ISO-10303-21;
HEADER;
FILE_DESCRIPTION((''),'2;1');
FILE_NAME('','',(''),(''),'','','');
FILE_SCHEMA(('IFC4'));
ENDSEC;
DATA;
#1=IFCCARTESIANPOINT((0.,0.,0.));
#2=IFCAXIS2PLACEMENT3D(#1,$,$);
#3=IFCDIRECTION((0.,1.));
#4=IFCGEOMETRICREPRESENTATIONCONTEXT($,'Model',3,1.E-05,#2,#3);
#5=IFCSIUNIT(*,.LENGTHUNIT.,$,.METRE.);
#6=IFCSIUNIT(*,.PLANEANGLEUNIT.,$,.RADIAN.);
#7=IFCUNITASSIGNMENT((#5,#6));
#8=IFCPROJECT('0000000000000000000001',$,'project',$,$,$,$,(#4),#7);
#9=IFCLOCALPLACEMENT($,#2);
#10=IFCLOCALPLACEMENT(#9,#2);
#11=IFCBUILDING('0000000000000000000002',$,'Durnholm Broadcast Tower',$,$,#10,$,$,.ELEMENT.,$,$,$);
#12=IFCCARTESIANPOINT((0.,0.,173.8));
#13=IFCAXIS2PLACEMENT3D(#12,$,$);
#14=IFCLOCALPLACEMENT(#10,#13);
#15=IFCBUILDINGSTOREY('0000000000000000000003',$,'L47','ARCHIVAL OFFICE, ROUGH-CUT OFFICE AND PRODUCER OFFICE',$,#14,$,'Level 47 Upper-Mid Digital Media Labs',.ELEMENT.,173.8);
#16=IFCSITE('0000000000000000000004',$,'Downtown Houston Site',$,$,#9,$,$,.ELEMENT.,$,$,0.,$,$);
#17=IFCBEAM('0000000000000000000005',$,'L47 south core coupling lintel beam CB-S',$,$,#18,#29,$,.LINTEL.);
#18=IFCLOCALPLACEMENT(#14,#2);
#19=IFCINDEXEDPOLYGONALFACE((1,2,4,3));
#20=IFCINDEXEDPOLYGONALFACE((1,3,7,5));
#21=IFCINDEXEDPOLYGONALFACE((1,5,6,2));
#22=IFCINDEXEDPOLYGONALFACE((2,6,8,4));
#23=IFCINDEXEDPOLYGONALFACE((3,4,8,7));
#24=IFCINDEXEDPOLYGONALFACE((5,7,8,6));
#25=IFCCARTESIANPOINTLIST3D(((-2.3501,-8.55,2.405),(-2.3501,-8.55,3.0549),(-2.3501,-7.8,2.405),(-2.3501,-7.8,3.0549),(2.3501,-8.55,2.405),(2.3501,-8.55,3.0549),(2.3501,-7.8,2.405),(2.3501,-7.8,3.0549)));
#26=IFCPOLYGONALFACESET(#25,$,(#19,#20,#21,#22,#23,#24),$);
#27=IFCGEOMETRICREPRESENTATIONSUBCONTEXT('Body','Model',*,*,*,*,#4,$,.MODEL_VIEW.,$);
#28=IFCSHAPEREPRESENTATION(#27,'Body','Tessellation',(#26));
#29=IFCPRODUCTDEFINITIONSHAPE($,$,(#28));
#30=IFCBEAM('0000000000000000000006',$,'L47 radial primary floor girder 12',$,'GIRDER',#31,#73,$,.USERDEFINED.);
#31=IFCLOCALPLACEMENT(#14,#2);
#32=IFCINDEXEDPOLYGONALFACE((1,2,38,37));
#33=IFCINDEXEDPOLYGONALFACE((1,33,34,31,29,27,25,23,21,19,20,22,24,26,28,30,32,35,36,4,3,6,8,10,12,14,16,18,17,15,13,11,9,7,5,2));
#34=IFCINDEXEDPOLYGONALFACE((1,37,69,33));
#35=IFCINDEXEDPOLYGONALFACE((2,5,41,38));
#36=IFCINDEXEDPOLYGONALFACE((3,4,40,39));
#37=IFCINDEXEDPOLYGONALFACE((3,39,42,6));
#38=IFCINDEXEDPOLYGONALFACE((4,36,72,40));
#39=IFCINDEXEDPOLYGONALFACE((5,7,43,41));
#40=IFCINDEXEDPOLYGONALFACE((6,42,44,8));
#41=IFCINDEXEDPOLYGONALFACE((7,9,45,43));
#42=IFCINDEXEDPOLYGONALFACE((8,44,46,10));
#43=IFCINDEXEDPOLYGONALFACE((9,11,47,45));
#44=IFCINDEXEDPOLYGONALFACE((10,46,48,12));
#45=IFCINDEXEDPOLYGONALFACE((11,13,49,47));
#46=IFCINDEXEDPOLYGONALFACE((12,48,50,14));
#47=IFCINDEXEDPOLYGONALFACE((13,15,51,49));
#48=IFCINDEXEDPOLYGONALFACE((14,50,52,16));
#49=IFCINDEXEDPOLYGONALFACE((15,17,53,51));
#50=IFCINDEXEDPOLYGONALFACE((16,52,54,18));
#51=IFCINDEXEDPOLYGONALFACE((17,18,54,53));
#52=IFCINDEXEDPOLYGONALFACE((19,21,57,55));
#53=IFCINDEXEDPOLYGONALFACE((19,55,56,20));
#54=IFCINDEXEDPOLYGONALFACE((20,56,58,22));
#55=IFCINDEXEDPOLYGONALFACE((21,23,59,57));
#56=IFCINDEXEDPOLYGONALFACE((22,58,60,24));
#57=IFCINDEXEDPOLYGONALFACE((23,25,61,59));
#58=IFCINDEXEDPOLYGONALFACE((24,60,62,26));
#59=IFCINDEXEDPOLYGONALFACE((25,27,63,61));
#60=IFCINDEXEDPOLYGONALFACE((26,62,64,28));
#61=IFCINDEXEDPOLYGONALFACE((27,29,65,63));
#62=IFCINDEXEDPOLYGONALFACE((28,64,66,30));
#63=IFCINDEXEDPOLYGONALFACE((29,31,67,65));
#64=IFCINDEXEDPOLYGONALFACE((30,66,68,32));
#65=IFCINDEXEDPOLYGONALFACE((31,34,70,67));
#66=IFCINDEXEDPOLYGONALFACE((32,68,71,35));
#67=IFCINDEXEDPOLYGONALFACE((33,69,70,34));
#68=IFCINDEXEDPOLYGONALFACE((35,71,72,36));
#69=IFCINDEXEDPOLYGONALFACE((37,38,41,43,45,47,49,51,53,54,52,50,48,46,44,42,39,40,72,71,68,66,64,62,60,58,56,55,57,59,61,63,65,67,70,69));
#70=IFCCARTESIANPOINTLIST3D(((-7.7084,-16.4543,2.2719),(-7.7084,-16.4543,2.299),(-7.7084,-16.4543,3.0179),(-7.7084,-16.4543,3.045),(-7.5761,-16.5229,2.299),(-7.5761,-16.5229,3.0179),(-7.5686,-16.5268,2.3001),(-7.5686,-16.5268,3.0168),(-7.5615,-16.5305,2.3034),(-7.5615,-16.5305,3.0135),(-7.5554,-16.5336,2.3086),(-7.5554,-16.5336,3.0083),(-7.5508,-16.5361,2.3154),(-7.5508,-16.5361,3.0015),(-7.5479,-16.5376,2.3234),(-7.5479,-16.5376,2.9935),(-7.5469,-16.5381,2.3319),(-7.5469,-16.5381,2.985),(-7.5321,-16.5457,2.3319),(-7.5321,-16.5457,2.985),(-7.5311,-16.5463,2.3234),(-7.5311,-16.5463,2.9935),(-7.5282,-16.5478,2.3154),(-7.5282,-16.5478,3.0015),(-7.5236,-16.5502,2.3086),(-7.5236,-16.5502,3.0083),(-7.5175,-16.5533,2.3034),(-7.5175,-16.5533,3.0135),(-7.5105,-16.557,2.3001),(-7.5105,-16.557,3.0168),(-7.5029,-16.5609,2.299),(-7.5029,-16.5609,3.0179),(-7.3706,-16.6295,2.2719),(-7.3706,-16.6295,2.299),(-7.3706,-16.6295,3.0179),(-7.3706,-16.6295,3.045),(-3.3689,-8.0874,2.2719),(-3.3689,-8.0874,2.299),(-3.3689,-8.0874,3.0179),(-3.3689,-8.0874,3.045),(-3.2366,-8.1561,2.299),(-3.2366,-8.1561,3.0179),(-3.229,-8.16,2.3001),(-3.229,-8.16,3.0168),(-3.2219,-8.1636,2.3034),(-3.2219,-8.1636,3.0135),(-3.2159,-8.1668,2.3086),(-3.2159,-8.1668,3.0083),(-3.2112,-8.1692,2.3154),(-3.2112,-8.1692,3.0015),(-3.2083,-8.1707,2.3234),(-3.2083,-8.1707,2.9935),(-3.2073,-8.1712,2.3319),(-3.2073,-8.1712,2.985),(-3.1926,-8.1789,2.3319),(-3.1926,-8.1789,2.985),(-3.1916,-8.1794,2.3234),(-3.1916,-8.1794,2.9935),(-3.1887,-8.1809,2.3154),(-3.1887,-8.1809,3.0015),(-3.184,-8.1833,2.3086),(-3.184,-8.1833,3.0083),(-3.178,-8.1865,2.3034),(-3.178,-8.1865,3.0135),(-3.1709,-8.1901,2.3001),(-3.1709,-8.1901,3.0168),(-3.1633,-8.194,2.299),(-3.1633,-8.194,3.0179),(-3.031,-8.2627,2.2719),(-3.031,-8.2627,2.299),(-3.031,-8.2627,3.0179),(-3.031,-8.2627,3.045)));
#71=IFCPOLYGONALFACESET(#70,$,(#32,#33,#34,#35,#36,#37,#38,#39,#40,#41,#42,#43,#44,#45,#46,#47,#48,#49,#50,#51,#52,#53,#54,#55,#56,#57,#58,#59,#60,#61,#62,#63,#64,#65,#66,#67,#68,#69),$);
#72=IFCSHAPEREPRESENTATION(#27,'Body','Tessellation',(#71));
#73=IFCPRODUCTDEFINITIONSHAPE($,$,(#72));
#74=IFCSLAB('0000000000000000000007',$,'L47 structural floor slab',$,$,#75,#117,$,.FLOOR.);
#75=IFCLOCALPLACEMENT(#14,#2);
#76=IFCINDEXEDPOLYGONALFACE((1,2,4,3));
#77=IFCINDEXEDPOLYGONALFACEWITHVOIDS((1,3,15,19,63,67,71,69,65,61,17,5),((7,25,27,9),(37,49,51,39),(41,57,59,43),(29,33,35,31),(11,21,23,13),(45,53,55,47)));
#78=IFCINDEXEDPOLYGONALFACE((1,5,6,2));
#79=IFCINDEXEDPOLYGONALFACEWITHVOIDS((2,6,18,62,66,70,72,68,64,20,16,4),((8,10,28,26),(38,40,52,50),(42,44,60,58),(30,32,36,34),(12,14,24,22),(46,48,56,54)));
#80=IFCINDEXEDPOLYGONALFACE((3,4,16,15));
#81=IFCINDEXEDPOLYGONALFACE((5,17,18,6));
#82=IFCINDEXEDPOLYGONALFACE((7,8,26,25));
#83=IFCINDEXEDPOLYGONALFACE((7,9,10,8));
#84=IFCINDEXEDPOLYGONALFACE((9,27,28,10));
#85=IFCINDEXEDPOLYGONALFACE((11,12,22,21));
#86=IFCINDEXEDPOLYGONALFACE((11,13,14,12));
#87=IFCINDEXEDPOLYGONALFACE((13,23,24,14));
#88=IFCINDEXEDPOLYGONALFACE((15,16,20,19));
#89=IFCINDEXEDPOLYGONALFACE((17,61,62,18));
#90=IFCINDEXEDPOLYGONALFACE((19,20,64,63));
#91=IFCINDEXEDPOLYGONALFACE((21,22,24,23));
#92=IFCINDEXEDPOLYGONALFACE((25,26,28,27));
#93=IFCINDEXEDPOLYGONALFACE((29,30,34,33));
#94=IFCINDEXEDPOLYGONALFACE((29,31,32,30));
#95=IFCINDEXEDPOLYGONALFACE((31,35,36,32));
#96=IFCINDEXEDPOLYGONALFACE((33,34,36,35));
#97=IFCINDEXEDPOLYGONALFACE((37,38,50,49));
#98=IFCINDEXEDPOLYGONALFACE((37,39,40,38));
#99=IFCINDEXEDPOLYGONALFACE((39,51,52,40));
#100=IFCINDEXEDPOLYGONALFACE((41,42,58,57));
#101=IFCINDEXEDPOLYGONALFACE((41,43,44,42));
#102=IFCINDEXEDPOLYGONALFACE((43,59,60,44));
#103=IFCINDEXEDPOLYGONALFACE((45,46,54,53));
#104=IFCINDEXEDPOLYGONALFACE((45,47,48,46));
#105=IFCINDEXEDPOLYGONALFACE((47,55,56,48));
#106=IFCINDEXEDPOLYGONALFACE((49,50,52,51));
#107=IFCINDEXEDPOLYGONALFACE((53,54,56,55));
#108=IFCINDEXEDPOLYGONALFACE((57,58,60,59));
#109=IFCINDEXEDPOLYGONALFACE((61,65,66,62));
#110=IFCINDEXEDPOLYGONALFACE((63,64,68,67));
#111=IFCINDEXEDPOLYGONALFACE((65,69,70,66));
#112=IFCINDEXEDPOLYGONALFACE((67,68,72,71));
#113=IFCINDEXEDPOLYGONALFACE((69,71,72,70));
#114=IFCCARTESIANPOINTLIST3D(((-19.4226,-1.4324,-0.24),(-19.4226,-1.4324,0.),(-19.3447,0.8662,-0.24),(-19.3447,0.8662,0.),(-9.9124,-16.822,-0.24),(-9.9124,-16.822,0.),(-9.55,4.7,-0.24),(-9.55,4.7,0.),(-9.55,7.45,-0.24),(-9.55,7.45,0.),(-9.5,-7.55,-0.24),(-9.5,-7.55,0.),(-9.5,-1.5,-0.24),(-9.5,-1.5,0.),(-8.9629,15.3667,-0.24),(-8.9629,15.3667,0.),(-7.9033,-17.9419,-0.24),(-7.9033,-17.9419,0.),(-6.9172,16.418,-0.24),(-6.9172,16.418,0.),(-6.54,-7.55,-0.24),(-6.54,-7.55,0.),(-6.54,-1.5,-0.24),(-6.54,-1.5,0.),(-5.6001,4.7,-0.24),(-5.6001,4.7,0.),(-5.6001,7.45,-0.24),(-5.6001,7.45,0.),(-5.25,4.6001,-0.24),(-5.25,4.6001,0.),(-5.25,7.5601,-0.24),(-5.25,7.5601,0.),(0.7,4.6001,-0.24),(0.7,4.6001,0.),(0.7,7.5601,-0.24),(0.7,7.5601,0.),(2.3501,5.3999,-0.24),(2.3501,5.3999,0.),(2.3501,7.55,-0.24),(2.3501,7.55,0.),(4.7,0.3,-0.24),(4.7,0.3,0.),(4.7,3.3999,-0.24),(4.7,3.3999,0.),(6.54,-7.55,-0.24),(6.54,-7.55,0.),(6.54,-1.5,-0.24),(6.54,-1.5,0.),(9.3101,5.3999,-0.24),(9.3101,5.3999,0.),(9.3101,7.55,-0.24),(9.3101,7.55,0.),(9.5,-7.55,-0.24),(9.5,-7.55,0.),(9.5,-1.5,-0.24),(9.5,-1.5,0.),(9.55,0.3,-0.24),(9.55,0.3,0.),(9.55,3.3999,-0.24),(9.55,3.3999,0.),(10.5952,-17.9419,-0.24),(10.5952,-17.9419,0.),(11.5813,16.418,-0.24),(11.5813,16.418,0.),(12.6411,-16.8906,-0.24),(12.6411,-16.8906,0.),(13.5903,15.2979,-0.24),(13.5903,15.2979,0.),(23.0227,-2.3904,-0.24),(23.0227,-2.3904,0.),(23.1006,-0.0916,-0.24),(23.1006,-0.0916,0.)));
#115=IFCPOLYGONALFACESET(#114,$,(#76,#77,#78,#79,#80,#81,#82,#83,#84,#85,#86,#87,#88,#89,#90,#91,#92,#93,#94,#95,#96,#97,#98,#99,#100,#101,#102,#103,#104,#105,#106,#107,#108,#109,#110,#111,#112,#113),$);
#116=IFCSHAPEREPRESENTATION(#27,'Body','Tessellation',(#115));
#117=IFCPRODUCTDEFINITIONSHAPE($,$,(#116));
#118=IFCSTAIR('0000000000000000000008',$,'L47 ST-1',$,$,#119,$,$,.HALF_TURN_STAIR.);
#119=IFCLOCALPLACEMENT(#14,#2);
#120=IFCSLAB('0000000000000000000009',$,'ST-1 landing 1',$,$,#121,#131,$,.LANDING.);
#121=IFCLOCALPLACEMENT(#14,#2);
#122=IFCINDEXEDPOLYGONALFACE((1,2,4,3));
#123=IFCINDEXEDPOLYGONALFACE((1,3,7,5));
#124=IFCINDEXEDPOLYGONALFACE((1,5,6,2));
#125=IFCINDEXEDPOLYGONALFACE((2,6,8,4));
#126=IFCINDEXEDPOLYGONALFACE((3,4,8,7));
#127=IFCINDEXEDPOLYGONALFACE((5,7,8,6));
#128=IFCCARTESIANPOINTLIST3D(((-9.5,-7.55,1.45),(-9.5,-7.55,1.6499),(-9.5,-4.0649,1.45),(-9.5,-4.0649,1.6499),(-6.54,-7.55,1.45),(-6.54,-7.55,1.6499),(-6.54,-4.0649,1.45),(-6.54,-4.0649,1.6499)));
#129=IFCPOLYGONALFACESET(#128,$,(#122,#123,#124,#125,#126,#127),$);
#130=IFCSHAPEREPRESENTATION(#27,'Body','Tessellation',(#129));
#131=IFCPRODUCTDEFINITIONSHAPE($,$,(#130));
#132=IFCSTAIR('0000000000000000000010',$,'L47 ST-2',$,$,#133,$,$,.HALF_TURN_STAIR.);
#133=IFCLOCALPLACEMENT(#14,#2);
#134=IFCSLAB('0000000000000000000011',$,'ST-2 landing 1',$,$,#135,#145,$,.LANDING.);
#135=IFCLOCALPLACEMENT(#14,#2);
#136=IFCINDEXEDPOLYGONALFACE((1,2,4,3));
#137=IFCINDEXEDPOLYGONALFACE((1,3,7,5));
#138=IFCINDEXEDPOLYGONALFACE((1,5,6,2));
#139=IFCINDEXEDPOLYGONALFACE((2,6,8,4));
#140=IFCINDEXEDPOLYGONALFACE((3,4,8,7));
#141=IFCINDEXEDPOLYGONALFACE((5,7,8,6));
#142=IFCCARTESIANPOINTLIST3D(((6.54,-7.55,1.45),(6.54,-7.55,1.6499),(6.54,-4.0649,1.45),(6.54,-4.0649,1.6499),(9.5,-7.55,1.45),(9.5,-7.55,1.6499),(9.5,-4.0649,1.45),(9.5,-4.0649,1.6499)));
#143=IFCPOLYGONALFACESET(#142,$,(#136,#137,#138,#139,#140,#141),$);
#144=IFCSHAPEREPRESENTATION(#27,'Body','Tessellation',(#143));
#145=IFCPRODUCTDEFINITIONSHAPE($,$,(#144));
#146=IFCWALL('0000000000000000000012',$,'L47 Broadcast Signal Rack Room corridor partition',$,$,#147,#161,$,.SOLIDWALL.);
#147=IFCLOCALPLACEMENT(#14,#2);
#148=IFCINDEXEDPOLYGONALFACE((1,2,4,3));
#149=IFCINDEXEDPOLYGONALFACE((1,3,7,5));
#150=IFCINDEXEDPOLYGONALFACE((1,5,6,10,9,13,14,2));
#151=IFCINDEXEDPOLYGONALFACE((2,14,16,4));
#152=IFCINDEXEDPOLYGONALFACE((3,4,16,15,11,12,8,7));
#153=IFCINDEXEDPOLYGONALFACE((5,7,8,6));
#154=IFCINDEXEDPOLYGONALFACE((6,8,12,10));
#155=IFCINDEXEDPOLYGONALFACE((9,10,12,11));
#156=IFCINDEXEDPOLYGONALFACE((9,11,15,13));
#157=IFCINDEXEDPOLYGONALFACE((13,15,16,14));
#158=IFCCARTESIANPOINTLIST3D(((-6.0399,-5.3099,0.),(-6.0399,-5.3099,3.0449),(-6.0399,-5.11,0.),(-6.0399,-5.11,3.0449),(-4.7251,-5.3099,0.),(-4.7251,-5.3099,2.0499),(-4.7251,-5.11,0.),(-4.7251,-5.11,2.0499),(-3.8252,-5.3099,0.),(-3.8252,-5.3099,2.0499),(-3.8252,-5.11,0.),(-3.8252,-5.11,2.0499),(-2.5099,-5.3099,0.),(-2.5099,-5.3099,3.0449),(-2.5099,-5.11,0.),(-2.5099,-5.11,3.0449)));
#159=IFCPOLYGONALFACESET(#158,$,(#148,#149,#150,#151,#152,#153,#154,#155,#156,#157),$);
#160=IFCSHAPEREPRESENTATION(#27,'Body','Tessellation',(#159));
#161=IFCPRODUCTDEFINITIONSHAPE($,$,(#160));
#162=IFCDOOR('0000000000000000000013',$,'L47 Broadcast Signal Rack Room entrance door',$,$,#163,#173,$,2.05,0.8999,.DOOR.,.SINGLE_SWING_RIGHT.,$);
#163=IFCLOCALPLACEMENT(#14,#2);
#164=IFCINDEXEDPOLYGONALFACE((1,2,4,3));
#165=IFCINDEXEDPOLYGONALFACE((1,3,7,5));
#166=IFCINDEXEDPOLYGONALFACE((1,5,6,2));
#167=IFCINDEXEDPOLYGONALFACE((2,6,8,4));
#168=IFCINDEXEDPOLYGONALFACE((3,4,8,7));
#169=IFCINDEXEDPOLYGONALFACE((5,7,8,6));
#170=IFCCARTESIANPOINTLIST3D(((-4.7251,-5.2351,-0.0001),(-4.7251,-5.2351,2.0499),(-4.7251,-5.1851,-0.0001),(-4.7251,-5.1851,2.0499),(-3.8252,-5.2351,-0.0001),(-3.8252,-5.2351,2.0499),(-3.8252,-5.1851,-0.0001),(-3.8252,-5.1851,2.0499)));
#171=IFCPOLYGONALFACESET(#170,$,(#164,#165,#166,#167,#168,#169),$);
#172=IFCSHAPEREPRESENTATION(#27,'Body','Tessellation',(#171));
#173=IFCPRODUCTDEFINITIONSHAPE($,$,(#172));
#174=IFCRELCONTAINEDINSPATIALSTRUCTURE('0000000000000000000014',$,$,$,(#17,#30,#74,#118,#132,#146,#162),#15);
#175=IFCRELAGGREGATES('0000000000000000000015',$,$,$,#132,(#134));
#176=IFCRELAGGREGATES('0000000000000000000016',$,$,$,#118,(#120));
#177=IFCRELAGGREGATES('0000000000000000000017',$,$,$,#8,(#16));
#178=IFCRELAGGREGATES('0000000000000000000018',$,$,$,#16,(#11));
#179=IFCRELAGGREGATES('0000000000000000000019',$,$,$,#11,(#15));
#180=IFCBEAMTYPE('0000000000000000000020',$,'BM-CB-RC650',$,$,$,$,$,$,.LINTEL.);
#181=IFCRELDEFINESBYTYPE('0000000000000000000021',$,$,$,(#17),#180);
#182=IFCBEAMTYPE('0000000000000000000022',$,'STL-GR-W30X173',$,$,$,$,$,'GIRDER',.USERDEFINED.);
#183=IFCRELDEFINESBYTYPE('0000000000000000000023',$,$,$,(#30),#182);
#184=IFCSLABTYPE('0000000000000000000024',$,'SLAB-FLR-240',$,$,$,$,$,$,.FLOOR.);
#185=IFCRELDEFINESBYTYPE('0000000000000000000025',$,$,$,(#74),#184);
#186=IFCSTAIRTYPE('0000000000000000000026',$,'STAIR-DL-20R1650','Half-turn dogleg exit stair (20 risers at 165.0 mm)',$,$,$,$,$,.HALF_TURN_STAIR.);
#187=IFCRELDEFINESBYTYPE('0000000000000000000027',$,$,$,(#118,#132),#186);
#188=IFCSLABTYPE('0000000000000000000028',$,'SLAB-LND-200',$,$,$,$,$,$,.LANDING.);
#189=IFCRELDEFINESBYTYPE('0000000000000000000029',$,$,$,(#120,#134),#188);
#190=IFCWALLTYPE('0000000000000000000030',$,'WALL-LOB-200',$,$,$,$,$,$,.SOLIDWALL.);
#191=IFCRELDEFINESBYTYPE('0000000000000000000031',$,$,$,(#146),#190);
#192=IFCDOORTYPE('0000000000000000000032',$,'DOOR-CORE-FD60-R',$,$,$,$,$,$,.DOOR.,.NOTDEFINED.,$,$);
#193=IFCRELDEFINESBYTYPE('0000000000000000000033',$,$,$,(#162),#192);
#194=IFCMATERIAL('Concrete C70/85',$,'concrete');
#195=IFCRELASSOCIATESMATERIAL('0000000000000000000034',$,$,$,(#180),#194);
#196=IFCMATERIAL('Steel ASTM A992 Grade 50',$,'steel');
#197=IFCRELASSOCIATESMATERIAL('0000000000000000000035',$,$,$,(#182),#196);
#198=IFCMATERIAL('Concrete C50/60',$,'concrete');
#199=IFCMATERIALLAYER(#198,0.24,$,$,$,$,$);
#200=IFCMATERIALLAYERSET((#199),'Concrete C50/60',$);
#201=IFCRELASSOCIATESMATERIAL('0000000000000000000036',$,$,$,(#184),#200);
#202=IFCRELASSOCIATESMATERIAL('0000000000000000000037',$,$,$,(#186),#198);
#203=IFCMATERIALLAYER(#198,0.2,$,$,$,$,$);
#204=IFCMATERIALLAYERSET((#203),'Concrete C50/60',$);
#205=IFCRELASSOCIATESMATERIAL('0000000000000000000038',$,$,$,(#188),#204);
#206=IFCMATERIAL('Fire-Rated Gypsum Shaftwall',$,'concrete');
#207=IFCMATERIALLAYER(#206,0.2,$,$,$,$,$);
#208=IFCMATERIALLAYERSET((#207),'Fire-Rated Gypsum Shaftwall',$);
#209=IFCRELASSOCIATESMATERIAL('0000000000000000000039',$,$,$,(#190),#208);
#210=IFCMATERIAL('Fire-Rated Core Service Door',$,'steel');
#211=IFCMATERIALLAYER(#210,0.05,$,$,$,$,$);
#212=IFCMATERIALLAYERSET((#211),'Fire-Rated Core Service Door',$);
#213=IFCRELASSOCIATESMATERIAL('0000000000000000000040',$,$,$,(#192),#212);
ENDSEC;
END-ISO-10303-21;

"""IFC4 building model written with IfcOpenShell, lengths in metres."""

from ifc_helpers import new_model, si_unit, direction, frame, frame_2d, origin, origin_2d, place, context, subcontext, project, spatial, polyline, rectangle, i_section, outline, extrude, source, transform, mapped, material, layer, layer_set, material_profile, profile_set, type_object, type_shapes, element, fill, aggregate, save


model = new_model("IFC4")

# Units and contexts
model_context = context("Model", 3, precision=1e-05, world=origin(), true_north=direction((0.0, 1.0)))
body_context = subcontext(model_context, "Body", "Model", "MODEL_VIEW")
ifc_project = project(units=[si_unit("LENGTHUNIT", "METRE"), si_unit("PLANEANGLEUNIT", "RADIAN")], contexts=[model_context])

# Site, building, storey
site_placement = place(None, origin())
site = spatial("IfcSite", under=ifc_project, at=site_placement, Name="Downtown Houston Site", CompositionType="ELEMENT", RefElevation=0.0)
building_placement = place(site_placement, origin())
building = spatial("IfcBuilding", under=site, at=building_placement, Name="Durnholm Broadcast Tower", CompositionType="ELEMENT")
storey_placement = place(building_placement, frame((0.0, 0.0, 173.8)))
storey = spatial("IfcBuildingStorey", under=building, at=storey_placement, Name="L47", Description="ARCHIVAL OFFICE, ROUGH-CUT OFFICE AND PRODUCER OFFICE", LongName="Level 47 Upper-Mid Digital Media Labs", CompositionType="ELEMENT", Elevation=173.8)

# Beams
ifc_material_1 = material(Name="Concrete C70/85", Category="concrete")
ifc_material_profile_1 = material_profile(ifc_material_1, rectangle(XDim=0.75, YDim=0.6499, at=origin_2d()), Name="RC750X650")
ifc_profile_set_1 = profile_set([ifc_material_profile_1], Name="Concrete C70/85")
beam_type_1 = type_object("IfcBeamType", Name="BM-CB-RC650", PredefinedType="LINTEL", material=ifc_profile_set_1)
shared_shape_1 = source(origin(), body_context, "Body", "SweptSolid", [
    extrude(rectangle(XDim=0.75, YDim=0.6499, at=origin_2d()), origin(), (0.0, 0.0, 1.0), 4.7002),
])
type_shapes(beam_type_1, [shared_shape_1])
beam_1_placement = place(storey_placement, frame((-2.3501, -8.175, 2.73), z_axis=(1.0, 0.0, 0.0), x_axis=(0.0, 1.0, 0.0)))
element("IfcBeam", 1, at=beam_1_placement, inside=storey, type_object=beam_type_1, Name="L47 south core coupling lintel beam CB-S", PredefinedType="LINTEL", context=body_context, shape_type="MappedRepresentation", body=[
    mapped(shared_shape_1, transform((0.0, 0.0, 0.0), x_axis=(1.0, 0.0, 0.0), y_axis=(0.0, 1.0, 0.0), z_axis=(0.0, 0.0, 1.0), scale=1.0)),
])
ifc_material_2 = material(Name="Steel ASTM A992 Grade 50", Category="steel")
ifc_material_profile_2 = material_profile(ifc_material_2, i_section(OverallWidth=0.3806, OverallDepth=0.7732, WebThickness=0.0166, FlangeThickness=0.0271, FilletRadius=0.033, at=origin_2d()), Name="W30X173")
ifc_profile_set_2 = profile_set([ifc_material_profile_2], Name="Steel ASTM A992 Grade 50")
beam_type_2 = type_object("IfcBeamType", Name="STL-GR-W30X173", ElementType="GIRDER", PredefinedType="USERDEFINED", material=ifc_profile_set_2)
shared_shape_2 = source(origin(), body_context, "Body", "SweptSolid", [
    extrude(i_section(OverallWidth=0.3806, OverallDepth=0.7732, WebThickness=0.0166, FlangeThickness=0.0271, FilletRadius=0.033, at=origin_2d()), origin(), (0.0, 0.0, 1.0), 9.4253),
])
type_shapes(beam_type_2, [shared_shape_2])
beam_2_placement = place(storey_placement, frame((-3.2, -8.175, 2.6584), z_axis=(-0.460416, -0.887703, 0.0), x_axis=(0.887703, -0.460416, 0.0)))
element("IfcBeam", 2, at=beam_2_placement, inside=storey, type_object=beam_type_2, Name="L47 radial primary floor girder 12", ObjectType="GIRDER", PredefinedType="USERDEFINED", context=body_context, shape_type="MappedRepresentation", body=[
    mapped(shared_shape_2, transform((0.0, 0.0, 0.0), x_axis=(1.0, 0.0, 0.0), y_axis=(0.0, 1.0, 0.0), z_axis=(0.0, 0.0, 1.0), scale=1.0)),
])

# Slab
ifc_material_3 = material(Name="Concrete C50/60", Category="concrete")
ifc_layer_1 = layer(ifc_material_3, 0.24)
ifc_layer_set_1 = layer_set([ifc_layer_1], Name="Concrete C50/60")
slab_type_1 = type_object("IfcSlabType", Name="SLAB-FLR-240", PredefinedType="FLOOR", material=ifc_layer_set_1)
slab_1_placement = place(storey_placement, frame((0.0, 0.0, -0.24)))
element("IfcSlab", 3, at=slab_1_placement, inside=storey, type_object=slab_type_1, Name="L47 structural floor slab", PredefinedType="FLOOR", context=body_context, shape_type="SweptSolid", body=[
    extrude(outline(polyline([(-9.9124, -16.822), (-7.9033, -17.9419), (10.5952, -17.9419), (12.6411, -16.8906), (23.0227, -2.3904), (23.1006, -0.0916), (13.5903, 15.2979), (11.5813, 16.418), (-6.9172, 16.418), (-8.9629, 15.3667), (-19.3447, 0.8662), (-19.4226, -1.4324), (-9.9124, -16.822)]), holes=[polyline([(-6.54, -1.5), (-9.5, -1.5), (-9.5, -7.55), (-6.54, -7.55), (-6.54, -1.5)]), polyline([(9.5, -7.55), (9.5, -1.5), (6.54, -1.5), (6.54, -7.55), (9.5, -7.55)]), polyline([(9.55, 3.3999), (4.7, 3.3999), (4.7, 0.3), (9.55, 0.3), (9.55, 3.3999)]), polyline([(-9.55, 7.45), (-9.55, 4.7), (-5.6001, 4.7), (-5.6001, 7.45), (-9.55, 7.45)]), polyline([(-5.25, 4.6001), (0.7, 4.6001), (0.7, 7.5601), (-5.25, 7.5601), (-5.25, 4.6001)]), polyline([(9.3101, 7.55), (2.3501, 7.55), (2.3501, 5.3999), (9.3101, 5.3999), (9.3101, 7.55)])]), origin(), (0.0, 0.0, 1.0), 0.24),
])

# Stairs, slabs
stair_type = type_object("IfcStairType", Name="STAIR-DL-20R1650", Description="Half-turn dogleg exit stair (20 risers at 165.0 mm)", PredefinedType="HALF_TURN_STAIR", material=ifc_material_3)
stair_1_placement = place(storey_placement, origin())
stair_1 = element("IfcStair", 4, at=stair_1_placement, inside=storey, type_object=stair_type, Name="L47 ST-1", PredefinedType="HALF_TURN_STAIR")
ifc_layer_2 = layer(ifc_material_3, 0.2)
ifc_layer_set_2 = layer_set([ifc_layer_2], Name="Concrete C50/60")
slab_type_2 = type_object("IfcSlabType", Name="SLAB-LND-200", PredefinedType="LANDING", material=ifc_layer_set_2)
slab_2_placement = place(storey_placement, frame((0.0, 0.0, 1.45)))
slab_2 = element("IfcSlab", 5, at=slab_2_placement, type_object=slab_type_2, Name="ST-1 landing 1", PredefinedType="LANDING", context=body_context, shape_type="SweptSolid", body=[
    extrude(outline(polyline([(-9.5, -4.0649), (-9.5, -7.55), (-6.54, -7.55), (-6.54, -4.0649), (-9.5, -4.0649)])), origin(), (0.0, 0.0, 1.0), 0.2),
])
stair_2_placement = place(storey_placement, origin())
stair_2 = element("IfcStair", 6, at=stair_2_placement, inside=storey, type_object=stair_type, Name="L47 ST-2", PredefinedType="HALF_TURN_STAIR")
slab_3_placement = place(storey_placement, frame((0.0, 0.0, 1.45)))
slab_3 = element("IfcSlab", 7, at=slab_3_placement, type_object=slab_type_2, Name="ST-2 landing 1", PredefinedType="LANDING", context=body_context, shape_type="SweptSolid", body=[
    extrude(outline(polyline([(6.54, -4.0649), (6.54, -7.55), (9.5, -7.55), (9.5, -4.0649), (6.54, -4.0649)])), origin(), (0.0, 0.0, 1.0), 0.2),
])
aggregate(stair_2, [slab_3])

# Wall, opening, door
ifc_material_4 = material(Name="Fire-Rated Gypsum Shaftwall", Category="concrete")
ifc_layer_3 = layer(ifc_material_4, 0.2)
ifc_layer_set_3 = layer_set([ifc_layer_3], Name="Fire-Rated Gypsum Shaftwall")
wall_type_1 = type_object("IfcWallType", Name="WALL-LOB-200", PredefinedType="SOLIDWALL", material=ifc_layer_set_3)
wall_1_placement = place(storey_placement, frame((-6.04, -5.21, 0.0), z_axis=(0.0, 0.0, 1.0), x_axis=(1.0, 0.0, 0.0)))
wall_1 = element("IfcWall", 8, at=wall_1_placement, inside=storey, type_object=wall_type_1, Name="L47 Broadcast Signal Rack Room corridor partition", PredefinedType="SOLIDWALL", context=body_context, shape_type="SweptSolid", body=[
    extrude(rectangle(XDim=3.53, YDim=0.2, at=frame_2d((1.7651, 0.0))), origin(), (0.0, 0.0, 1.0), 3.0449),
])
opening_1_placement = place(wall_1_placement, frame((1.3149, 0.0, 0.0)))
opening_1 = element("IfcOpeningElement", 9, at=opening_1_placement, cuts=wall_1, PredefinedType="OPENING", context=body_context, shape_type="SweptSolid", body=[
    extrude(rectangle(XDim=0.8999, YDim=2.05, at=frame_2d((0.45, 1.0249))), frame((0.0, 0.1099, 0.0), z_axis=(0.0, -1.0, 0.0), x_axis=(1.0, 0.0, 0.0)), (0.0, 0.0, 1.0), 0.22),
])
ifc_material_5 = material(Name="Fire-Rated Core Service Door", Category="steel")
ifc_layer_4 = layer(ifc_material_5, 0.05)
ifc_layer_set_4 = layer_set([ifc_layer_4], Name="Fire-Rated Core Service Door")
door_type_1 = type_object("IfcDoorType", Name="DOOR-CORE-FD60-R", OperationType="NOTDEFINED", PredefinedType="DOOR", material=ifc_layer_set_4)
shared_shape_3 = source(origin(), body_context, "Body", "SweptSolid", [
    extrude(rectangle(XDim=0.8999, YDim=2.05, at=frame_2d((0.45, 1.0249))), frame((0.0, 0.0249, 0.0), z_axis=(0.0, -1.0, 0.0), x_axis=(1.0, 0.0, 0.0)), (0.0, 0.0, 1.0), 0.05),
])
type_shapes(door_type_1, [shared_shape_3])
door_1_placement = place(opening_1_placement, origin())
door_1 = element("IfcDoor", 10, at=door_1_placement, inside=storey, type_object=door_type_1, Name="L47 Broadcast Signal Rack Room entrance door", OperationType="SINGLE_SWING_RIGHT", OverallHeight=2.05, OverallWidth=0.8999, PredefinedType="DOOR", context=body_context, shape_type="MappedRepresentation", body=[
    mapped(shared_shape_3, transform((0.0, 0.0, 0.0), x_axis=(1.0, 0.0, 0.0), y_axis=(0.0, 1.0, 0.0), z_axis=(0.0, 0.0, 1.0), scale=1.0)),
])
fill(opening_1, door_1)

aggregate(stair_1, [slab_2])

save(model, "model.ifc")
